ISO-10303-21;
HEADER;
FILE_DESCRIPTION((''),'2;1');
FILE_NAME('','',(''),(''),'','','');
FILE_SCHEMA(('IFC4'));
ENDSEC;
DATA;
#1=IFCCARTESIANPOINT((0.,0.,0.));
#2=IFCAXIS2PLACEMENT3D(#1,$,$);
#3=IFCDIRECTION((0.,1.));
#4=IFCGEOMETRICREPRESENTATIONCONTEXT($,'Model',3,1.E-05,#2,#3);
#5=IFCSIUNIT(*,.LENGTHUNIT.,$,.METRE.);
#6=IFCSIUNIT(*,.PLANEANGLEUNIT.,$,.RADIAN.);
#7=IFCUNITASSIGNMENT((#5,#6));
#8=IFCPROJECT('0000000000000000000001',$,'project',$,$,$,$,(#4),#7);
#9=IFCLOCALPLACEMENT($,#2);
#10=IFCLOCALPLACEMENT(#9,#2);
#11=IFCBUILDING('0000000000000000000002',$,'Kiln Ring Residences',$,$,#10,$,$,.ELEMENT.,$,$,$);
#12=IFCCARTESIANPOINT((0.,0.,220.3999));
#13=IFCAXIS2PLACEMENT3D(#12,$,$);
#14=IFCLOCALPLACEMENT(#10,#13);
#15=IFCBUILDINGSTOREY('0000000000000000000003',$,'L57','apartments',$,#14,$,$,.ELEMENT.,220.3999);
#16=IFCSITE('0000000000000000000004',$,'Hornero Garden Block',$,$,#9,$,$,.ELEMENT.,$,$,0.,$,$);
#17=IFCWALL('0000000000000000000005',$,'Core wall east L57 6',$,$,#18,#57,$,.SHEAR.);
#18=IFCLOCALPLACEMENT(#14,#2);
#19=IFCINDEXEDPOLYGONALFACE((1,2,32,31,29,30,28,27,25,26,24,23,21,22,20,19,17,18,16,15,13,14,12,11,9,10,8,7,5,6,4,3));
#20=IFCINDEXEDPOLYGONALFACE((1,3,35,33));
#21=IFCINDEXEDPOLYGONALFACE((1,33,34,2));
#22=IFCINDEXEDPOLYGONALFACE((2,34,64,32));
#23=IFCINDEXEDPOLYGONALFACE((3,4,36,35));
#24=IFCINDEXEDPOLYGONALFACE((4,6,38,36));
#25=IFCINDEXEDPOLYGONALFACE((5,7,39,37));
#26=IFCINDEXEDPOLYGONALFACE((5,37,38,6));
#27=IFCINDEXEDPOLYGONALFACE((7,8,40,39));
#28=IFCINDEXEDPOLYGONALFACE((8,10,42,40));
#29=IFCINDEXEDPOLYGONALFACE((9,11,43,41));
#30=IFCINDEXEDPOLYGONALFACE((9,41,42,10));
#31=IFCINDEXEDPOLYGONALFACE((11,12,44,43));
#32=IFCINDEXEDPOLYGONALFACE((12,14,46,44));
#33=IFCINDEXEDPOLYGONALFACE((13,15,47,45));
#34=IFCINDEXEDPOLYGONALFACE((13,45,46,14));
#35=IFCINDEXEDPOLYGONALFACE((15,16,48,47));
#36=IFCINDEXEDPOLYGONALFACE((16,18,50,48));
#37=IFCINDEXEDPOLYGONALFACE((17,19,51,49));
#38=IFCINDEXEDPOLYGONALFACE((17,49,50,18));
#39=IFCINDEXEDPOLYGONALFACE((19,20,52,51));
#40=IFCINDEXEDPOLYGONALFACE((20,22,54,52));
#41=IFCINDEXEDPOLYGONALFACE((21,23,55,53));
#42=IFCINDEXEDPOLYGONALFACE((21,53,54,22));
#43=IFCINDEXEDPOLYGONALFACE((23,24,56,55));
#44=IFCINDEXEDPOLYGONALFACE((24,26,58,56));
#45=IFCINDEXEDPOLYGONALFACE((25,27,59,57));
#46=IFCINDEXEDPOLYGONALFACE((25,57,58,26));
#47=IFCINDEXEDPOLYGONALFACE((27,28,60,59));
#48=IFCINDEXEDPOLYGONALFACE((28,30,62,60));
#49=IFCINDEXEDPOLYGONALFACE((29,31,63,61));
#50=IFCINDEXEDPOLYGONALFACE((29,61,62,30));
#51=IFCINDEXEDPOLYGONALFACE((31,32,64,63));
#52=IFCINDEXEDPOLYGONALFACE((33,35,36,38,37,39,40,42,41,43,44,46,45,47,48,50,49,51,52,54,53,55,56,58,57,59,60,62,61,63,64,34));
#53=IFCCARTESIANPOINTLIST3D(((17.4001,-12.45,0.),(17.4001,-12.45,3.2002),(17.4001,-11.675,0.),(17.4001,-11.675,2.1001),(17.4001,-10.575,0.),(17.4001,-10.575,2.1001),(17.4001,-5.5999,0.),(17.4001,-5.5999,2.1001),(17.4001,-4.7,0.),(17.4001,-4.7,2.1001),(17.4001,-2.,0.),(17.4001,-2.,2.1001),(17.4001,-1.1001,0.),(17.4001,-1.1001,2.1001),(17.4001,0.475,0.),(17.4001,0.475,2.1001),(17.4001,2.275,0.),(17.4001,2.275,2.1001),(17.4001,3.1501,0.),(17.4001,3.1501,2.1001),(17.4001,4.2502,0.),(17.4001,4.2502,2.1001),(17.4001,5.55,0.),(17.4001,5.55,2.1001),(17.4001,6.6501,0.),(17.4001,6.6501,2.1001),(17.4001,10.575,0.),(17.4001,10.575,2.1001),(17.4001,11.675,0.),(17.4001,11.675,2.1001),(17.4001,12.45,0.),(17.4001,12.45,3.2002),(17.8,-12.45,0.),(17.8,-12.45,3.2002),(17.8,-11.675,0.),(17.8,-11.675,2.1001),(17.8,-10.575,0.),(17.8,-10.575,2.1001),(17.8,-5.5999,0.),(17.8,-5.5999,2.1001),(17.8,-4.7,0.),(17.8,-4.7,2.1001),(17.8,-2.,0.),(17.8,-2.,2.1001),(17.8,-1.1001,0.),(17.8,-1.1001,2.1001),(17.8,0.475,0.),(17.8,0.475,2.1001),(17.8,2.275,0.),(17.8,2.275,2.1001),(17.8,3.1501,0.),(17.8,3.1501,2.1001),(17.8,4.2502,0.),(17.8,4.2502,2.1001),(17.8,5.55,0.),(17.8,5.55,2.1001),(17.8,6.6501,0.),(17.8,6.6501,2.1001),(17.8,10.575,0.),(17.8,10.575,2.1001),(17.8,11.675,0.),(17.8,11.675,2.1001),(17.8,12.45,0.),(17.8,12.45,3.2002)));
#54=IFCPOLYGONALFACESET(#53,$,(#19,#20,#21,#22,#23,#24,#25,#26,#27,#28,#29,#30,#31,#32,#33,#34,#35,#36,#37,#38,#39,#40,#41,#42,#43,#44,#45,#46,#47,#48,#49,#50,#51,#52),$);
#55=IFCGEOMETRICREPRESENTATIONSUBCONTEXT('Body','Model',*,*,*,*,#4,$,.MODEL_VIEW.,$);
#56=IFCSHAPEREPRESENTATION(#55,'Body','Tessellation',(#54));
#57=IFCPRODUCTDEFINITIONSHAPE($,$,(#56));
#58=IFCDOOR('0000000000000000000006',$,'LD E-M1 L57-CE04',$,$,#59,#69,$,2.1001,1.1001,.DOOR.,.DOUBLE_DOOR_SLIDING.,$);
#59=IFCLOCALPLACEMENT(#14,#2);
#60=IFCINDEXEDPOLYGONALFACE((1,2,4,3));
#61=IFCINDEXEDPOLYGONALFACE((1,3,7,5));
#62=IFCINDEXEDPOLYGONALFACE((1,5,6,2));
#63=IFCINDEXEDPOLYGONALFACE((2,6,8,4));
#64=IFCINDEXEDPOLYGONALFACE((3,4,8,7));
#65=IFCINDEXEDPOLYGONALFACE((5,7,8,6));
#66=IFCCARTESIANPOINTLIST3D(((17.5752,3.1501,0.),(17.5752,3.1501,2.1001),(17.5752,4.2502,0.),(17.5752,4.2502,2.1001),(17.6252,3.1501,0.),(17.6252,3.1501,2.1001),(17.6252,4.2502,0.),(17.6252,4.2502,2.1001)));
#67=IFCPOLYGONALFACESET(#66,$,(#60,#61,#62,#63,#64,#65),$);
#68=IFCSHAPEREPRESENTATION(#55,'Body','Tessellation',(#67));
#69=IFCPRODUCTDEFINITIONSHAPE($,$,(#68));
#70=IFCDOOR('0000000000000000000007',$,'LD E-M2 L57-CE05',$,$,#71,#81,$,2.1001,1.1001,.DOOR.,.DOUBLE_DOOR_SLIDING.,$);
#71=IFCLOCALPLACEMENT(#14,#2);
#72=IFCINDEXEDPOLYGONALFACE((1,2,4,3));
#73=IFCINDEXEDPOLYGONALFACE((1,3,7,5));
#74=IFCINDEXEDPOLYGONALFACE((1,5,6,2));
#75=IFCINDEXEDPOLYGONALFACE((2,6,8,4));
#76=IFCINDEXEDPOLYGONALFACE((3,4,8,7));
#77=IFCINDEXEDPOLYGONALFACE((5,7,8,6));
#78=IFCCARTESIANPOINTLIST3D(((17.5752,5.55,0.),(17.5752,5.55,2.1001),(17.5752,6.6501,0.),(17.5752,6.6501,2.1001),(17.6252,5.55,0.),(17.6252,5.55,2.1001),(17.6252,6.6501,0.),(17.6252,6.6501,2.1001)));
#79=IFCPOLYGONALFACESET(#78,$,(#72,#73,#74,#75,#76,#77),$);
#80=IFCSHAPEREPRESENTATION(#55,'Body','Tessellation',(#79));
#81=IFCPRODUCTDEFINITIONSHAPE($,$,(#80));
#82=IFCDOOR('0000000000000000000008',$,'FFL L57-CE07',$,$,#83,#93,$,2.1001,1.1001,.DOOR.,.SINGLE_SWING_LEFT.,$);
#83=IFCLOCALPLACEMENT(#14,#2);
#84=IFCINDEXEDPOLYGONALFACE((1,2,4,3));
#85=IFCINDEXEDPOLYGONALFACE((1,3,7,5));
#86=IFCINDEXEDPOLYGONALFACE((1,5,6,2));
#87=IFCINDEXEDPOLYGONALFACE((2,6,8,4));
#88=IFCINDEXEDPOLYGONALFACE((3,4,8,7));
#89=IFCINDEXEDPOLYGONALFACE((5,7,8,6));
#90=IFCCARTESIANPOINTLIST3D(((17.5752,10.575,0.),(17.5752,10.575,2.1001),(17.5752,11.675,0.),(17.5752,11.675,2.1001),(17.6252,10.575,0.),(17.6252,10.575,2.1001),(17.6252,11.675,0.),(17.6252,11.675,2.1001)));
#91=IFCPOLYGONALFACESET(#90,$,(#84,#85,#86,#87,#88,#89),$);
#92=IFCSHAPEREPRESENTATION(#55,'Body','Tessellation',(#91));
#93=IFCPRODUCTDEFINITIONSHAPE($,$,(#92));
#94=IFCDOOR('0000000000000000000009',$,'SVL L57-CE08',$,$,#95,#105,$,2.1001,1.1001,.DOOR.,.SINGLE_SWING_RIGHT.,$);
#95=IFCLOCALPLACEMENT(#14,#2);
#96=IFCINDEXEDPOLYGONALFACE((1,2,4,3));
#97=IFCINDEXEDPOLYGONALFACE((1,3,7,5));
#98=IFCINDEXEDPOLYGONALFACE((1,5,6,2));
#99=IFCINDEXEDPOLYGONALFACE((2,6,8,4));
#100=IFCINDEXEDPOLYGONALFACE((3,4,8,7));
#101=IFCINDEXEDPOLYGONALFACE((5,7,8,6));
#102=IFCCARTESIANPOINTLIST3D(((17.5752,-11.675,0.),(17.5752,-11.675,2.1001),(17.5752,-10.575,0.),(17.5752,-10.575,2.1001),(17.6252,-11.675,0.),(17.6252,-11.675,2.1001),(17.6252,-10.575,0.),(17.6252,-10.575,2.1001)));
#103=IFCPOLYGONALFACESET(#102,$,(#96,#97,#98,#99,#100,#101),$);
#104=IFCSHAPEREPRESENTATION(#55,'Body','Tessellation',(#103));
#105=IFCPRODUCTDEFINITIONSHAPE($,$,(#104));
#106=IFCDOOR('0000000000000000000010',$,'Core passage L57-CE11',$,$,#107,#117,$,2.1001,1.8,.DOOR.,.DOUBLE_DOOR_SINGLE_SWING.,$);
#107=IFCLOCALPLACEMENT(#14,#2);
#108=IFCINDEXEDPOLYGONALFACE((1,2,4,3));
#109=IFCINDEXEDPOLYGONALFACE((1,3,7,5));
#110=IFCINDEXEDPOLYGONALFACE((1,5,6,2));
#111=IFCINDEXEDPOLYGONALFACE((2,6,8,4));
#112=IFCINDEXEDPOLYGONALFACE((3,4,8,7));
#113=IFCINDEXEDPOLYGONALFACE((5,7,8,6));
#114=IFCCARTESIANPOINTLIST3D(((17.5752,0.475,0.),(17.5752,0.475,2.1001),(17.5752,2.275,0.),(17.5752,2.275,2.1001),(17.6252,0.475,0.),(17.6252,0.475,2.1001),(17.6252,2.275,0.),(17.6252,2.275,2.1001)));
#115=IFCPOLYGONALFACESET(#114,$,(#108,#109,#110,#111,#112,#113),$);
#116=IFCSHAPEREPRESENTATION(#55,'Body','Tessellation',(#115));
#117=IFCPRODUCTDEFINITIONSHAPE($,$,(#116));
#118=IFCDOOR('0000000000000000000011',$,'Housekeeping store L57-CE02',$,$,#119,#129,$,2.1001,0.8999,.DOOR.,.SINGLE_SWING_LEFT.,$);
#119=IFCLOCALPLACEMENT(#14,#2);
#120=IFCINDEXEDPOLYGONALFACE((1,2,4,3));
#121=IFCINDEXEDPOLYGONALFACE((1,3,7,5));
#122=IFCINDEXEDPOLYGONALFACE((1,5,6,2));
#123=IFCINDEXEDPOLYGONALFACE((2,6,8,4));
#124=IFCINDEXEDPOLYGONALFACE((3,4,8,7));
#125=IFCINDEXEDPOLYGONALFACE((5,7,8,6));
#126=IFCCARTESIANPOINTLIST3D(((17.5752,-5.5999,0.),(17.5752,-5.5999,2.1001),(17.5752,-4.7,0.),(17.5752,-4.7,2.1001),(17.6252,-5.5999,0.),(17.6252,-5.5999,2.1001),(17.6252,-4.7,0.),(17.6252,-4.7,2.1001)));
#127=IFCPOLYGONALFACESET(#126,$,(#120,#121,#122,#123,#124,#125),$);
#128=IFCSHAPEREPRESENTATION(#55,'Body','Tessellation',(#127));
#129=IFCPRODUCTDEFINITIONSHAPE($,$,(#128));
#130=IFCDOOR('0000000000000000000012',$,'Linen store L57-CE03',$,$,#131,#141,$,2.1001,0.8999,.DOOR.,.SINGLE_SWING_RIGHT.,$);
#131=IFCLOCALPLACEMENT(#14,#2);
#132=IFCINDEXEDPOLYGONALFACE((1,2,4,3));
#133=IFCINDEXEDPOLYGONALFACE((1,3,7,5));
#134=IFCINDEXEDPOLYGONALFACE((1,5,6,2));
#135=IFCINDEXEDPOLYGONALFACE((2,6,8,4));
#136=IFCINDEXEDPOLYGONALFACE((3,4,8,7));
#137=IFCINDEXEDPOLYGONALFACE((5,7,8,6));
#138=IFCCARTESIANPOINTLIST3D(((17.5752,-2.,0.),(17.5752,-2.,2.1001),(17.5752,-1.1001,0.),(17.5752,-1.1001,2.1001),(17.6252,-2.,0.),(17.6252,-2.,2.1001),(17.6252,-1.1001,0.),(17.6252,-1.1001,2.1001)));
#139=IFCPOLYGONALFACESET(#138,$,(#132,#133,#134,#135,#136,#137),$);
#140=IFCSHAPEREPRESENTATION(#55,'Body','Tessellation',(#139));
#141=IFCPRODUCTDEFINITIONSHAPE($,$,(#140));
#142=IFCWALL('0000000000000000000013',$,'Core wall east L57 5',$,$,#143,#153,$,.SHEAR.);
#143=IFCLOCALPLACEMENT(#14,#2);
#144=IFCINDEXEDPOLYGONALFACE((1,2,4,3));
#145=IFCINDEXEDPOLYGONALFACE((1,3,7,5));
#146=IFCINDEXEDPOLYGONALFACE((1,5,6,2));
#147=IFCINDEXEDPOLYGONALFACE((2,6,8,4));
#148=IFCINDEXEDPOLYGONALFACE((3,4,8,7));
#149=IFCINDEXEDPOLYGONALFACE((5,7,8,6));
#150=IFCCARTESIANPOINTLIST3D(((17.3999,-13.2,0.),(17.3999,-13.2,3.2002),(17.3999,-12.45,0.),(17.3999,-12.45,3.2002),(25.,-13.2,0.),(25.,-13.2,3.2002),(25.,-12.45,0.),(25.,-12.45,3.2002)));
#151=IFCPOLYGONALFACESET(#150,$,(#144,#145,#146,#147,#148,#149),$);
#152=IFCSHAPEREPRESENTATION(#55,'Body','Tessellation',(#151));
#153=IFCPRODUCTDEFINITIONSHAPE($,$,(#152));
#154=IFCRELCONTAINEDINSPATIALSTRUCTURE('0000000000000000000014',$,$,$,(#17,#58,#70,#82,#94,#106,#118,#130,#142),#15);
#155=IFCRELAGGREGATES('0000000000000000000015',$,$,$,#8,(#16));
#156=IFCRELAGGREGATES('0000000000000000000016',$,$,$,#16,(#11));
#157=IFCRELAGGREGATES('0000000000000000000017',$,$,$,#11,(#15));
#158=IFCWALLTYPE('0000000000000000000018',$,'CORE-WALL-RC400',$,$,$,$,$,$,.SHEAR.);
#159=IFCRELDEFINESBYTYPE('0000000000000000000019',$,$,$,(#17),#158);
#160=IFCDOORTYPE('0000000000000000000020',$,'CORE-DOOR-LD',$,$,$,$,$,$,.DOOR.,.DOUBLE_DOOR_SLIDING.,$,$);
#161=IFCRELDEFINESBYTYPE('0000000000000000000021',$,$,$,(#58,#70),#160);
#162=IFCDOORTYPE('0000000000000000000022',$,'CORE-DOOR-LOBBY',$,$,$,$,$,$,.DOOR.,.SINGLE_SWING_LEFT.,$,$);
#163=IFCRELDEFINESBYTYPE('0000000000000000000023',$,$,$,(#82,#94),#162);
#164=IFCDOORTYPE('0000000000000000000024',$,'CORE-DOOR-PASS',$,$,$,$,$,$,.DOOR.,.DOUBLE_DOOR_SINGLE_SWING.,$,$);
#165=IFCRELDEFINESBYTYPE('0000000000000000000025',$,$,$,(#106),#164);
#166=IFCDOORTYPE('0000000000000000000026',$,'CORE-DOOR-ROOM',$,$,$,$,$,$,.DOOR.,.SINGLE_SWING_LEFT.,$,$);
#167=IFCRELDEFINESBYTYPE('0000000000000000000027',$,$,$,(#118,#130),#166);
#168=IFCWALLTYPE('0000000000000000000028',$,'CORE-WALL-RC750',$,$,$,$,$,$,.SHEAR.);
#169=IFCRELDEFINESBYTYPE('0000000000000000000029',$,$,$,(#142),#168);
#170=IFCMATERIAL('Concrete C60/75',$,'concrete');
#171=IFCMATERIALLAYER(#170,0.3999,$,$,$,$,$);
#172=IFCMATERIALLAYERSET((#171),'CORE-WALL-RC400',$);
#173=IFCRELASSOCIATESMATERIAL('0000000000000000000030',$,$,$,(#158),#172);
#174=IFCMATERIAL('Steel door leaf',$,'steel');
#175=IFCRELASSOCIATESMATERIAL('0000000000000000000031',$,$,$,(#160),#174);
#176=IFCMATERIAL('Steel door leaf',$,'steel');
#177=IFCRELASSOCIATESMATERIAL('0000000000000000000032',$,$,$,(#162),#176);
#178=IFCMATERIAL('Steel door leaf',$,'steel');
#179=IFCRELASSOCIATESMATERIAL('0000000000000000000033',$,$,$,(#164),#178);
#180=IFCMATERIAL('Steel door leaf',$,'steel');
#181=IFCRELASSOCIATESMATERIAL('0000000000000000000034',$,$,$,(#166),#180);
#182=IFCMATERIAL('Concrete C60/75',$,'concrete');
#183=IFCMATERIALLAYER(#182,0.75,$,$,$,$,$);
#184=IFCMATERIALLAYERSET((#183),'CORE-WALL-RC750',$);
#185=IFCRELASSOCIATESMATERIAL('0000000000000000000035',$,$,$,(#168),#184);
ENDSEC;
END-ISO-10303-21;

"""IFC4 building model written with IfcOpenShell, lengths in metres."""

from ifc_helpers import new_model, si_unit, direction, frame, frame_2d, origin, place, context, subcontext, project, spatial, rectangle, extrude, material, layer, layer_set, type_object, element, fill, save


model = new_model("IFC4")

# Units and contexts
model_context = context("Model", 3, precision=1e-05, world=origin(), true_north=direction((0.0, 1.0)))
body_context = subcontext(model_context, "Body", "Model", "MODEL_VIEW")
ifc_project = project(units=[si_unit("LENGTHUNIT", "METRE"), si_unit("PLANEANGLEUNIT", "RADIAN")], contexts=[model_context])

# Site, building, storey
site_placement = place(None, origin())
site = spatial("IfcSite", under=ifc_project, at=site_placement, Name="Hornero Garden Block", CompositionType="ELEMENT", RefElevation=0.0)
building_placement = place(site_placement, origin())
building = spatial("IfcBuilding", under=site, at=building_placement, Name="Kiln Ring Residences", CompositionType="ELEMENT")
storey_placement = place(building_placement, frame((0.0, 0.0, 220.3999)))
storey = spatial("IfcBuildingStorey", under=building, at=storey_placement, Name="L57", Description="apartments", CompositionType="ELEMENT", Elevation=220.3999)

# Wall, openings, doors
ifc_material_1 = material(Name="Concrete C60/75", Category="concrete")
ifc_layer_1 = layer(ifc_material_1, 0.3999)
ifc_layer_set_1 = layer_set([ifc_layer_1], Name="CORE-WALL-RC400")
wall_type_1 = type_object("IfcWallType", Name="CORE-WALL-RC400", PredefinedType="SHEAR", material=ifc_layer_set_1)
wall_1_placement = place(storey_placement, frame((17.6001, -12.45, 0.0), z_axis=(0.0, 0.0, 1.0), x_axis=(0.0, 1.0, 0.0)))
wall_1 = element("IfcWall", 1, at=wall_1_placement, inside=storey, type_object=wall_type_1, Name="Core wall east L57 6", PredefinedType="SHEAR", context=body_context, shape_type="SweptSolid", body=[
    extrude(rectangle(XDim=24.8999, YDim=0.3999, at=frame_2d((12.45, 0.0))), origin(), (0.0, 0.0, 1.0), 3.2002),
])
opening_1_placement = place(wall_1_placement, frame((6.8501, 0.0, 0.0)))
opening_1 = element("IfcOpeningElement", 2, at=opening_1_placement, cuts=wall_1, PredefinedType="OPENING", context=body_context, shape_type="SweptSolid", body=[
    extrude(rectangle(XDim=0.8999, YDim=2.1001, at=frame_2d((0.45, 1.05))), frame((0.0, 0.21, 0.0), z_axis=(0.0, -1.0, 0.0), x_axis=(1.0, 0.0, 0.0)), (0.0, 0.0, 1.0), 0.4199),
])
opening_2_placement = place(wall_1_placement, frame((10.45, 0.0, 0.0)))
opening_2 = element("IfcOpeningElement", 3, at=opening_2_placement, cuts=wall_1, PredefinedType="OPENING", context=body_context, shape_type="SweptSolid", body=[
    extrude(rectangle(XDim=0.8999, YDim=2.1001, at=frame_2d((0.45, 1.05))), frame((0.0, 0.21, 0.0), z_axis=(0.0, -1.0, 0.0), x_axis=(1.0, 0.0, 0.0)), (0.0, 0.0, 1.0), 0.4199),
])
opening_3_placement = place(wall_1_placement, frame((15.6001, 0.0, 0.0)))
opening_3 = element("IfcOpeningElement", 4, at=opening_3_placement, cuts=wall_1, PredefinedType="OPENING", context=body_context, shape_type="SweptSolid", body=[
    extrude(rectangle(XDim=1.1001, YDim=2.1001, at=frame_2d((0.55, 1.05))), frame((0.0, 0.21, 0.0), z_axis=(0.0, -1.0, 0.0), x_axis=(1.0, 0.0, 0.0)), (0.0, 0.0, 1.0), 0.4199),
])
opening_4_placement = place(wall_1_placement, frame((18.0, 0.0, 0.0)))
opening_4 = element("IfcOpeningElement", 5, at=opening_4_placement, cuts=wall_1, PredefinedType="OPENING", context=body_context, shape_type="SweptSolid", body=[
    extrude(rectangle(XDim=1.1001, YDim=2.1001, at=frame_2d((0.55, 1.05))), frame((0.0, 0.21, 0.0), z_axis=(0.0, -1.0, 0.0), x_axis=(1.0, 0.0, 0.0)), (0.0, 0.0, 1.0), 0.4199),
])
opening_5_placement = place(wall_1_placement, frame((23.0249, 0.0, 0.0)))
opening_5 = element("IfcOpeningElement", 6, at=opening_5_placement, cuts=wall_1, PredefinedType="OPENING", context=body_context, shape_type="SweptSolid", body=[
    extrude(rectangle(XDim=1.1001, YDim=2.1001, at=frame_2d((0.55, 1.05))), frame((0.0, 0.21, 0.0), z_axis=(0.0, -1.0, 0.0), x_axis=(1.0, 0.0, 0.0)), (0.0, 0.0, 1.0), 0.4199),
])
opening_6_placement = place(wall_1_placement, frame((0.7749, 0.0, 0.0)))
opening_6 = element("IfcOpeningElement", 7, at=opening_6_placement, cuts=wall_1, PredefinedType="OPENING", context=body_context, shape_type="SweptSolid", body=[
    extrude(rectangle(XDim=1.1001, YDim=2.1001, at=frame_2d((0.55, 1.05))), frame((0.0, 0.21, 0.0), z_axis=(0.0, -1.0, 0.0), x_axis=(1.0, 0.0, 0.0)), (0.0, 0.0, 1.0), 0.4199),
])
opening_7_placement = place(wall_1_placement, frame((12.925, 0.0, 0.0)))
opening_7 = element("IfcOpeningElement", 8, at=opening_7_placement, cuts=wall_1, PredefinedType="OPENING", context=body_context, shape_type="SweptSolid", body=[
    extrude(rectangle(XDim=1.8, YDim=2.1001, at=frame_2d((0.8999, 1.05))), frame((0.0, 0.21, 0.0), z_axis=(0.0, -1.0, 0.0), x_axis=(1.0, 0.0, 0.0)), (0.0, 0.0, 1.0), 0.4199),
])
ifc_material_2 = material(Name="Steel door leaf", Category="steel")
door_type_1 = type_object("IfcDoorType", Name="CORE-DOOR-LD", OperationType="DOUBLE_DOOR_SLIDING", PredefinedType="DOOR", material=ifc_material_2)
door_1_placement = place(opening_3_placement, origin())
door_1 = element("IfcDoor", 9, at=door_1_placement, inside=storey, type_object=door_type_1, Name="LD E-M1 L57-CE04", OperationType="DOUBLE_DOOR_SLIDING", OverallHeight=2.1001, OverallWidth=1.1001, PredefinedType="DOOR", context=body_context, shape_type="SweptSolid", body=[
    extrude(rectangle(XDim=1.1001, YDim=2.1001, at=frame_2d((0.55, 1.05))), frame((0.0, 0.0249, 0.0), z_axis=(0.0, -1.0, 0.0), x_axis=(1.0, 0.0, 0.0)), (0.0, 0.0, 1.0), 0.05),
])
fill(opening_3, door_1)
door_2_placement = place(opening_4_placement, origin())
door_2 = element("IfcDoor", 10, at=door_2_placement, inside=storey, type_object=door_type_1, Name="LD E-M2 L57-CE05", OperationType="DOUBLE_DOOR_SLIDING", OverallHeight=2.1001, OverallWidth=1.1001, PredefinedType="DOOR", context=body_context, shape_type="SweptSolid", body=[
    extrude(rectangle(XDim=1.1001, YDim=2.1001, at=frame_2d((0.55, 1.05))), frame((0.0, 0.0249, 0.0), z_axis=(0.0, -1.0, 0.0), x_axis=(1.0, 0.0, 0.0)), (0.0, 0.0, 1.0), 0.05),
])
fill(opening_4, door_2)
ifc_material_3 = material(Name="Steel door leaf", Category="steel")
door_type_2 = type_object("IfcDoorType", Name="CORE-DOOR-LOBBY", OperationType="SINGLE_SWING_LEFT", PredefinedType="DOOR", material=ifc_material_3)
door_3_placement = place(opening_5_placement, origin())
door_3 = element("IfcDoor", 11, at=door_3_placement, inside=storey, type_object=door_type_2, Name="FFL L57-CE07", OperationType="SINGLE_SWING_LEFT", OverallHeight=2.1001, OverallWidth=1.1001, PredefinedType="DOOR", context=body_context, shape_type="SweptSolid", body=[
    extrude(rectangle(XDim=1.1001, YDim=2.1001, at=frame_2d((0.55, 1.05))), frame((0.0, 0.0249, 0.0), z_axis=(0.0, -1.0, 0.0), x_axis=(1.0, 0.0, 0.0)), (0.0, 0.0, 1.0), 0.05),
])
fill(opening_5, door_3)
door_4_placement = place(opening_6_placement, origin())
door_4 = element("IfcDoor", 12, at=door_4_placement, inside=storey, type_object=door_type_2, Name="SVL L57-CE08", OperationType="SINGLE_SWING_RIGHT", OverallHeight=2.1001, OverallWidth=1.1001, PredefinedType="DOOR", context=body_context, shape_type="SweptSolid", body=[
    extrude(rectangle(XDim=1.1001, YDim=2.1001, at=frame_2d((0.55, 1.05))), frame((0.0, 0.0249, 0.0), z_axis=(0.0, -1.0, 0.0), x_axis=(1.0, 0.0, 0.0)), (0.0, 0.0, 1.0), 0.05),
])
fill(opening_6, door_4)
ifc_material_4 = material(Name="Steel door leaf", Category="steel")
door_type_3 = type_object("IfcDoorType", Name="CORE-DOOR-PASS", OperationType="DOUBLE_DOOR_SINGLE_SWING", PredefinedType="DOOR", material=ifc_material_4)
door_5_placement = place(opening_7_placement, origin())
door_5 = element("IfcDoor", 13, at=door_5_placement, inside=storey, type_object=door_type_3, Name="Core passage L57-CE11", OperationType="DOUBLE_DOOR_SINGLE_SWING", OverallHeight=2.1001, OverallWidth=1.8, PredefinedType="DOOR", context=body_context, shape_type="SweptSolid", body=[
    extrude(rectangle(XDim=1.8, YDim=2.1001, at=frame_2d((0.8999, 1.05))), frame((0.0, 0.0249, 0.0), z_axis=(0.0, -1.0, 0.0), x_axis=(1.0, 0.0, 0.0)), (0.0, 0.0, 1.0), 0.05),
])
fill(opening_7, door_5)
ifc_material_5 = material(Name="Steel door leaf", Category="steel")
door_type_4 = type_object("IfcDoorType", Name="CORE-DOOR-ROOM", OperationType="SINGLE_SWING_LEFT", PredefinedType="DOOR", material=ifc_material_5)
door_6_placement = place(opening_1_placement, origin())
door_6 = element("IfcDoor", 14, at=door_6_placement, inside=storey, type_object=door_type_4, Name="Housekeeping store L57-CE02", OperationType="SINGLE_SWING_LEFT", OverallHeight=2.1001, OverallWidth=0.8999, PredefinedType="DOOR", context=body_context, shape_type="SweptSolid", body=[
    extrude(rectangle(XDim=0.8999, YDim=2.1001, at=frame_2d((0.45, 1.05))), frame((0.0, 0.0249, 0.0), z_axis=(0.0, -1.0, 0.0), x_axis=(1.0, 0.0, 0.0)), (0.0, 0.0, 1.0), 0.05),
])
fill(opening_1, door_6)
door_7_placement = place(opening_2_placement, origin())
door_7 = element("IfcDoor", 15, at=door_7_placement, inside=storey, type_object=door_type_4, Name="Linen store L57-CE03", OperationType="SINGLE_SWING_RIGHT", OverallHeight=2.1001, OverallWidth=0.8999, PredefinedType="DOOR", context=body_context, shape_type="SweptSolid", body=[
    extrude(rectangle(XDim=0.8999, YDim=2.1001, at=frame_2d((0.45, 1.05))), frame((0.0, 0.0249, 0.0), z_axis=(0.0, -1.0, 0.0), x_axis=(1.0, 0.0, 0.0)), (0.0, 0.0, 1.0), 0.05),
])
fill(opening_2, door_7)

# Wall
ifc_material_6 = material(Name="Concrete C60/75", Category="concrete")
ifc_layer_2 = layer(ifc_material_6, 0.75)
ifc_layer_set_2 = layer_set([ifc_layer_2], Name="CORE-WALL-RC750")
wall_type_2 = type_object("IfcWallType", Name="CORE-WALL-RC750", PredefinedType="SHEAR", material=ifc_layer_set_2)
wall_2_placement = place(storey_placement, frame((17.3999, -12.825, 0.0), z_axis=(0.0, 0.0, 1.0), x_axis=(1.0, 0.0, 0.0)))
element("IfcWall", 16, at=wall_2_placement, inside=storey, type_object=wall_type_2, Name="Core wall east L57 5", PredefinedType="SHEAR", context=body_context, shape_type="SweptSolid", body=[
    extrude(rectangle(XDim=7.6001, YDim=0.75, at=frame_2d((3.8, 0.0))), origin(), (0.0, 0.0, 1.0), 3.2002),
])

save(model, "model.ifc")
